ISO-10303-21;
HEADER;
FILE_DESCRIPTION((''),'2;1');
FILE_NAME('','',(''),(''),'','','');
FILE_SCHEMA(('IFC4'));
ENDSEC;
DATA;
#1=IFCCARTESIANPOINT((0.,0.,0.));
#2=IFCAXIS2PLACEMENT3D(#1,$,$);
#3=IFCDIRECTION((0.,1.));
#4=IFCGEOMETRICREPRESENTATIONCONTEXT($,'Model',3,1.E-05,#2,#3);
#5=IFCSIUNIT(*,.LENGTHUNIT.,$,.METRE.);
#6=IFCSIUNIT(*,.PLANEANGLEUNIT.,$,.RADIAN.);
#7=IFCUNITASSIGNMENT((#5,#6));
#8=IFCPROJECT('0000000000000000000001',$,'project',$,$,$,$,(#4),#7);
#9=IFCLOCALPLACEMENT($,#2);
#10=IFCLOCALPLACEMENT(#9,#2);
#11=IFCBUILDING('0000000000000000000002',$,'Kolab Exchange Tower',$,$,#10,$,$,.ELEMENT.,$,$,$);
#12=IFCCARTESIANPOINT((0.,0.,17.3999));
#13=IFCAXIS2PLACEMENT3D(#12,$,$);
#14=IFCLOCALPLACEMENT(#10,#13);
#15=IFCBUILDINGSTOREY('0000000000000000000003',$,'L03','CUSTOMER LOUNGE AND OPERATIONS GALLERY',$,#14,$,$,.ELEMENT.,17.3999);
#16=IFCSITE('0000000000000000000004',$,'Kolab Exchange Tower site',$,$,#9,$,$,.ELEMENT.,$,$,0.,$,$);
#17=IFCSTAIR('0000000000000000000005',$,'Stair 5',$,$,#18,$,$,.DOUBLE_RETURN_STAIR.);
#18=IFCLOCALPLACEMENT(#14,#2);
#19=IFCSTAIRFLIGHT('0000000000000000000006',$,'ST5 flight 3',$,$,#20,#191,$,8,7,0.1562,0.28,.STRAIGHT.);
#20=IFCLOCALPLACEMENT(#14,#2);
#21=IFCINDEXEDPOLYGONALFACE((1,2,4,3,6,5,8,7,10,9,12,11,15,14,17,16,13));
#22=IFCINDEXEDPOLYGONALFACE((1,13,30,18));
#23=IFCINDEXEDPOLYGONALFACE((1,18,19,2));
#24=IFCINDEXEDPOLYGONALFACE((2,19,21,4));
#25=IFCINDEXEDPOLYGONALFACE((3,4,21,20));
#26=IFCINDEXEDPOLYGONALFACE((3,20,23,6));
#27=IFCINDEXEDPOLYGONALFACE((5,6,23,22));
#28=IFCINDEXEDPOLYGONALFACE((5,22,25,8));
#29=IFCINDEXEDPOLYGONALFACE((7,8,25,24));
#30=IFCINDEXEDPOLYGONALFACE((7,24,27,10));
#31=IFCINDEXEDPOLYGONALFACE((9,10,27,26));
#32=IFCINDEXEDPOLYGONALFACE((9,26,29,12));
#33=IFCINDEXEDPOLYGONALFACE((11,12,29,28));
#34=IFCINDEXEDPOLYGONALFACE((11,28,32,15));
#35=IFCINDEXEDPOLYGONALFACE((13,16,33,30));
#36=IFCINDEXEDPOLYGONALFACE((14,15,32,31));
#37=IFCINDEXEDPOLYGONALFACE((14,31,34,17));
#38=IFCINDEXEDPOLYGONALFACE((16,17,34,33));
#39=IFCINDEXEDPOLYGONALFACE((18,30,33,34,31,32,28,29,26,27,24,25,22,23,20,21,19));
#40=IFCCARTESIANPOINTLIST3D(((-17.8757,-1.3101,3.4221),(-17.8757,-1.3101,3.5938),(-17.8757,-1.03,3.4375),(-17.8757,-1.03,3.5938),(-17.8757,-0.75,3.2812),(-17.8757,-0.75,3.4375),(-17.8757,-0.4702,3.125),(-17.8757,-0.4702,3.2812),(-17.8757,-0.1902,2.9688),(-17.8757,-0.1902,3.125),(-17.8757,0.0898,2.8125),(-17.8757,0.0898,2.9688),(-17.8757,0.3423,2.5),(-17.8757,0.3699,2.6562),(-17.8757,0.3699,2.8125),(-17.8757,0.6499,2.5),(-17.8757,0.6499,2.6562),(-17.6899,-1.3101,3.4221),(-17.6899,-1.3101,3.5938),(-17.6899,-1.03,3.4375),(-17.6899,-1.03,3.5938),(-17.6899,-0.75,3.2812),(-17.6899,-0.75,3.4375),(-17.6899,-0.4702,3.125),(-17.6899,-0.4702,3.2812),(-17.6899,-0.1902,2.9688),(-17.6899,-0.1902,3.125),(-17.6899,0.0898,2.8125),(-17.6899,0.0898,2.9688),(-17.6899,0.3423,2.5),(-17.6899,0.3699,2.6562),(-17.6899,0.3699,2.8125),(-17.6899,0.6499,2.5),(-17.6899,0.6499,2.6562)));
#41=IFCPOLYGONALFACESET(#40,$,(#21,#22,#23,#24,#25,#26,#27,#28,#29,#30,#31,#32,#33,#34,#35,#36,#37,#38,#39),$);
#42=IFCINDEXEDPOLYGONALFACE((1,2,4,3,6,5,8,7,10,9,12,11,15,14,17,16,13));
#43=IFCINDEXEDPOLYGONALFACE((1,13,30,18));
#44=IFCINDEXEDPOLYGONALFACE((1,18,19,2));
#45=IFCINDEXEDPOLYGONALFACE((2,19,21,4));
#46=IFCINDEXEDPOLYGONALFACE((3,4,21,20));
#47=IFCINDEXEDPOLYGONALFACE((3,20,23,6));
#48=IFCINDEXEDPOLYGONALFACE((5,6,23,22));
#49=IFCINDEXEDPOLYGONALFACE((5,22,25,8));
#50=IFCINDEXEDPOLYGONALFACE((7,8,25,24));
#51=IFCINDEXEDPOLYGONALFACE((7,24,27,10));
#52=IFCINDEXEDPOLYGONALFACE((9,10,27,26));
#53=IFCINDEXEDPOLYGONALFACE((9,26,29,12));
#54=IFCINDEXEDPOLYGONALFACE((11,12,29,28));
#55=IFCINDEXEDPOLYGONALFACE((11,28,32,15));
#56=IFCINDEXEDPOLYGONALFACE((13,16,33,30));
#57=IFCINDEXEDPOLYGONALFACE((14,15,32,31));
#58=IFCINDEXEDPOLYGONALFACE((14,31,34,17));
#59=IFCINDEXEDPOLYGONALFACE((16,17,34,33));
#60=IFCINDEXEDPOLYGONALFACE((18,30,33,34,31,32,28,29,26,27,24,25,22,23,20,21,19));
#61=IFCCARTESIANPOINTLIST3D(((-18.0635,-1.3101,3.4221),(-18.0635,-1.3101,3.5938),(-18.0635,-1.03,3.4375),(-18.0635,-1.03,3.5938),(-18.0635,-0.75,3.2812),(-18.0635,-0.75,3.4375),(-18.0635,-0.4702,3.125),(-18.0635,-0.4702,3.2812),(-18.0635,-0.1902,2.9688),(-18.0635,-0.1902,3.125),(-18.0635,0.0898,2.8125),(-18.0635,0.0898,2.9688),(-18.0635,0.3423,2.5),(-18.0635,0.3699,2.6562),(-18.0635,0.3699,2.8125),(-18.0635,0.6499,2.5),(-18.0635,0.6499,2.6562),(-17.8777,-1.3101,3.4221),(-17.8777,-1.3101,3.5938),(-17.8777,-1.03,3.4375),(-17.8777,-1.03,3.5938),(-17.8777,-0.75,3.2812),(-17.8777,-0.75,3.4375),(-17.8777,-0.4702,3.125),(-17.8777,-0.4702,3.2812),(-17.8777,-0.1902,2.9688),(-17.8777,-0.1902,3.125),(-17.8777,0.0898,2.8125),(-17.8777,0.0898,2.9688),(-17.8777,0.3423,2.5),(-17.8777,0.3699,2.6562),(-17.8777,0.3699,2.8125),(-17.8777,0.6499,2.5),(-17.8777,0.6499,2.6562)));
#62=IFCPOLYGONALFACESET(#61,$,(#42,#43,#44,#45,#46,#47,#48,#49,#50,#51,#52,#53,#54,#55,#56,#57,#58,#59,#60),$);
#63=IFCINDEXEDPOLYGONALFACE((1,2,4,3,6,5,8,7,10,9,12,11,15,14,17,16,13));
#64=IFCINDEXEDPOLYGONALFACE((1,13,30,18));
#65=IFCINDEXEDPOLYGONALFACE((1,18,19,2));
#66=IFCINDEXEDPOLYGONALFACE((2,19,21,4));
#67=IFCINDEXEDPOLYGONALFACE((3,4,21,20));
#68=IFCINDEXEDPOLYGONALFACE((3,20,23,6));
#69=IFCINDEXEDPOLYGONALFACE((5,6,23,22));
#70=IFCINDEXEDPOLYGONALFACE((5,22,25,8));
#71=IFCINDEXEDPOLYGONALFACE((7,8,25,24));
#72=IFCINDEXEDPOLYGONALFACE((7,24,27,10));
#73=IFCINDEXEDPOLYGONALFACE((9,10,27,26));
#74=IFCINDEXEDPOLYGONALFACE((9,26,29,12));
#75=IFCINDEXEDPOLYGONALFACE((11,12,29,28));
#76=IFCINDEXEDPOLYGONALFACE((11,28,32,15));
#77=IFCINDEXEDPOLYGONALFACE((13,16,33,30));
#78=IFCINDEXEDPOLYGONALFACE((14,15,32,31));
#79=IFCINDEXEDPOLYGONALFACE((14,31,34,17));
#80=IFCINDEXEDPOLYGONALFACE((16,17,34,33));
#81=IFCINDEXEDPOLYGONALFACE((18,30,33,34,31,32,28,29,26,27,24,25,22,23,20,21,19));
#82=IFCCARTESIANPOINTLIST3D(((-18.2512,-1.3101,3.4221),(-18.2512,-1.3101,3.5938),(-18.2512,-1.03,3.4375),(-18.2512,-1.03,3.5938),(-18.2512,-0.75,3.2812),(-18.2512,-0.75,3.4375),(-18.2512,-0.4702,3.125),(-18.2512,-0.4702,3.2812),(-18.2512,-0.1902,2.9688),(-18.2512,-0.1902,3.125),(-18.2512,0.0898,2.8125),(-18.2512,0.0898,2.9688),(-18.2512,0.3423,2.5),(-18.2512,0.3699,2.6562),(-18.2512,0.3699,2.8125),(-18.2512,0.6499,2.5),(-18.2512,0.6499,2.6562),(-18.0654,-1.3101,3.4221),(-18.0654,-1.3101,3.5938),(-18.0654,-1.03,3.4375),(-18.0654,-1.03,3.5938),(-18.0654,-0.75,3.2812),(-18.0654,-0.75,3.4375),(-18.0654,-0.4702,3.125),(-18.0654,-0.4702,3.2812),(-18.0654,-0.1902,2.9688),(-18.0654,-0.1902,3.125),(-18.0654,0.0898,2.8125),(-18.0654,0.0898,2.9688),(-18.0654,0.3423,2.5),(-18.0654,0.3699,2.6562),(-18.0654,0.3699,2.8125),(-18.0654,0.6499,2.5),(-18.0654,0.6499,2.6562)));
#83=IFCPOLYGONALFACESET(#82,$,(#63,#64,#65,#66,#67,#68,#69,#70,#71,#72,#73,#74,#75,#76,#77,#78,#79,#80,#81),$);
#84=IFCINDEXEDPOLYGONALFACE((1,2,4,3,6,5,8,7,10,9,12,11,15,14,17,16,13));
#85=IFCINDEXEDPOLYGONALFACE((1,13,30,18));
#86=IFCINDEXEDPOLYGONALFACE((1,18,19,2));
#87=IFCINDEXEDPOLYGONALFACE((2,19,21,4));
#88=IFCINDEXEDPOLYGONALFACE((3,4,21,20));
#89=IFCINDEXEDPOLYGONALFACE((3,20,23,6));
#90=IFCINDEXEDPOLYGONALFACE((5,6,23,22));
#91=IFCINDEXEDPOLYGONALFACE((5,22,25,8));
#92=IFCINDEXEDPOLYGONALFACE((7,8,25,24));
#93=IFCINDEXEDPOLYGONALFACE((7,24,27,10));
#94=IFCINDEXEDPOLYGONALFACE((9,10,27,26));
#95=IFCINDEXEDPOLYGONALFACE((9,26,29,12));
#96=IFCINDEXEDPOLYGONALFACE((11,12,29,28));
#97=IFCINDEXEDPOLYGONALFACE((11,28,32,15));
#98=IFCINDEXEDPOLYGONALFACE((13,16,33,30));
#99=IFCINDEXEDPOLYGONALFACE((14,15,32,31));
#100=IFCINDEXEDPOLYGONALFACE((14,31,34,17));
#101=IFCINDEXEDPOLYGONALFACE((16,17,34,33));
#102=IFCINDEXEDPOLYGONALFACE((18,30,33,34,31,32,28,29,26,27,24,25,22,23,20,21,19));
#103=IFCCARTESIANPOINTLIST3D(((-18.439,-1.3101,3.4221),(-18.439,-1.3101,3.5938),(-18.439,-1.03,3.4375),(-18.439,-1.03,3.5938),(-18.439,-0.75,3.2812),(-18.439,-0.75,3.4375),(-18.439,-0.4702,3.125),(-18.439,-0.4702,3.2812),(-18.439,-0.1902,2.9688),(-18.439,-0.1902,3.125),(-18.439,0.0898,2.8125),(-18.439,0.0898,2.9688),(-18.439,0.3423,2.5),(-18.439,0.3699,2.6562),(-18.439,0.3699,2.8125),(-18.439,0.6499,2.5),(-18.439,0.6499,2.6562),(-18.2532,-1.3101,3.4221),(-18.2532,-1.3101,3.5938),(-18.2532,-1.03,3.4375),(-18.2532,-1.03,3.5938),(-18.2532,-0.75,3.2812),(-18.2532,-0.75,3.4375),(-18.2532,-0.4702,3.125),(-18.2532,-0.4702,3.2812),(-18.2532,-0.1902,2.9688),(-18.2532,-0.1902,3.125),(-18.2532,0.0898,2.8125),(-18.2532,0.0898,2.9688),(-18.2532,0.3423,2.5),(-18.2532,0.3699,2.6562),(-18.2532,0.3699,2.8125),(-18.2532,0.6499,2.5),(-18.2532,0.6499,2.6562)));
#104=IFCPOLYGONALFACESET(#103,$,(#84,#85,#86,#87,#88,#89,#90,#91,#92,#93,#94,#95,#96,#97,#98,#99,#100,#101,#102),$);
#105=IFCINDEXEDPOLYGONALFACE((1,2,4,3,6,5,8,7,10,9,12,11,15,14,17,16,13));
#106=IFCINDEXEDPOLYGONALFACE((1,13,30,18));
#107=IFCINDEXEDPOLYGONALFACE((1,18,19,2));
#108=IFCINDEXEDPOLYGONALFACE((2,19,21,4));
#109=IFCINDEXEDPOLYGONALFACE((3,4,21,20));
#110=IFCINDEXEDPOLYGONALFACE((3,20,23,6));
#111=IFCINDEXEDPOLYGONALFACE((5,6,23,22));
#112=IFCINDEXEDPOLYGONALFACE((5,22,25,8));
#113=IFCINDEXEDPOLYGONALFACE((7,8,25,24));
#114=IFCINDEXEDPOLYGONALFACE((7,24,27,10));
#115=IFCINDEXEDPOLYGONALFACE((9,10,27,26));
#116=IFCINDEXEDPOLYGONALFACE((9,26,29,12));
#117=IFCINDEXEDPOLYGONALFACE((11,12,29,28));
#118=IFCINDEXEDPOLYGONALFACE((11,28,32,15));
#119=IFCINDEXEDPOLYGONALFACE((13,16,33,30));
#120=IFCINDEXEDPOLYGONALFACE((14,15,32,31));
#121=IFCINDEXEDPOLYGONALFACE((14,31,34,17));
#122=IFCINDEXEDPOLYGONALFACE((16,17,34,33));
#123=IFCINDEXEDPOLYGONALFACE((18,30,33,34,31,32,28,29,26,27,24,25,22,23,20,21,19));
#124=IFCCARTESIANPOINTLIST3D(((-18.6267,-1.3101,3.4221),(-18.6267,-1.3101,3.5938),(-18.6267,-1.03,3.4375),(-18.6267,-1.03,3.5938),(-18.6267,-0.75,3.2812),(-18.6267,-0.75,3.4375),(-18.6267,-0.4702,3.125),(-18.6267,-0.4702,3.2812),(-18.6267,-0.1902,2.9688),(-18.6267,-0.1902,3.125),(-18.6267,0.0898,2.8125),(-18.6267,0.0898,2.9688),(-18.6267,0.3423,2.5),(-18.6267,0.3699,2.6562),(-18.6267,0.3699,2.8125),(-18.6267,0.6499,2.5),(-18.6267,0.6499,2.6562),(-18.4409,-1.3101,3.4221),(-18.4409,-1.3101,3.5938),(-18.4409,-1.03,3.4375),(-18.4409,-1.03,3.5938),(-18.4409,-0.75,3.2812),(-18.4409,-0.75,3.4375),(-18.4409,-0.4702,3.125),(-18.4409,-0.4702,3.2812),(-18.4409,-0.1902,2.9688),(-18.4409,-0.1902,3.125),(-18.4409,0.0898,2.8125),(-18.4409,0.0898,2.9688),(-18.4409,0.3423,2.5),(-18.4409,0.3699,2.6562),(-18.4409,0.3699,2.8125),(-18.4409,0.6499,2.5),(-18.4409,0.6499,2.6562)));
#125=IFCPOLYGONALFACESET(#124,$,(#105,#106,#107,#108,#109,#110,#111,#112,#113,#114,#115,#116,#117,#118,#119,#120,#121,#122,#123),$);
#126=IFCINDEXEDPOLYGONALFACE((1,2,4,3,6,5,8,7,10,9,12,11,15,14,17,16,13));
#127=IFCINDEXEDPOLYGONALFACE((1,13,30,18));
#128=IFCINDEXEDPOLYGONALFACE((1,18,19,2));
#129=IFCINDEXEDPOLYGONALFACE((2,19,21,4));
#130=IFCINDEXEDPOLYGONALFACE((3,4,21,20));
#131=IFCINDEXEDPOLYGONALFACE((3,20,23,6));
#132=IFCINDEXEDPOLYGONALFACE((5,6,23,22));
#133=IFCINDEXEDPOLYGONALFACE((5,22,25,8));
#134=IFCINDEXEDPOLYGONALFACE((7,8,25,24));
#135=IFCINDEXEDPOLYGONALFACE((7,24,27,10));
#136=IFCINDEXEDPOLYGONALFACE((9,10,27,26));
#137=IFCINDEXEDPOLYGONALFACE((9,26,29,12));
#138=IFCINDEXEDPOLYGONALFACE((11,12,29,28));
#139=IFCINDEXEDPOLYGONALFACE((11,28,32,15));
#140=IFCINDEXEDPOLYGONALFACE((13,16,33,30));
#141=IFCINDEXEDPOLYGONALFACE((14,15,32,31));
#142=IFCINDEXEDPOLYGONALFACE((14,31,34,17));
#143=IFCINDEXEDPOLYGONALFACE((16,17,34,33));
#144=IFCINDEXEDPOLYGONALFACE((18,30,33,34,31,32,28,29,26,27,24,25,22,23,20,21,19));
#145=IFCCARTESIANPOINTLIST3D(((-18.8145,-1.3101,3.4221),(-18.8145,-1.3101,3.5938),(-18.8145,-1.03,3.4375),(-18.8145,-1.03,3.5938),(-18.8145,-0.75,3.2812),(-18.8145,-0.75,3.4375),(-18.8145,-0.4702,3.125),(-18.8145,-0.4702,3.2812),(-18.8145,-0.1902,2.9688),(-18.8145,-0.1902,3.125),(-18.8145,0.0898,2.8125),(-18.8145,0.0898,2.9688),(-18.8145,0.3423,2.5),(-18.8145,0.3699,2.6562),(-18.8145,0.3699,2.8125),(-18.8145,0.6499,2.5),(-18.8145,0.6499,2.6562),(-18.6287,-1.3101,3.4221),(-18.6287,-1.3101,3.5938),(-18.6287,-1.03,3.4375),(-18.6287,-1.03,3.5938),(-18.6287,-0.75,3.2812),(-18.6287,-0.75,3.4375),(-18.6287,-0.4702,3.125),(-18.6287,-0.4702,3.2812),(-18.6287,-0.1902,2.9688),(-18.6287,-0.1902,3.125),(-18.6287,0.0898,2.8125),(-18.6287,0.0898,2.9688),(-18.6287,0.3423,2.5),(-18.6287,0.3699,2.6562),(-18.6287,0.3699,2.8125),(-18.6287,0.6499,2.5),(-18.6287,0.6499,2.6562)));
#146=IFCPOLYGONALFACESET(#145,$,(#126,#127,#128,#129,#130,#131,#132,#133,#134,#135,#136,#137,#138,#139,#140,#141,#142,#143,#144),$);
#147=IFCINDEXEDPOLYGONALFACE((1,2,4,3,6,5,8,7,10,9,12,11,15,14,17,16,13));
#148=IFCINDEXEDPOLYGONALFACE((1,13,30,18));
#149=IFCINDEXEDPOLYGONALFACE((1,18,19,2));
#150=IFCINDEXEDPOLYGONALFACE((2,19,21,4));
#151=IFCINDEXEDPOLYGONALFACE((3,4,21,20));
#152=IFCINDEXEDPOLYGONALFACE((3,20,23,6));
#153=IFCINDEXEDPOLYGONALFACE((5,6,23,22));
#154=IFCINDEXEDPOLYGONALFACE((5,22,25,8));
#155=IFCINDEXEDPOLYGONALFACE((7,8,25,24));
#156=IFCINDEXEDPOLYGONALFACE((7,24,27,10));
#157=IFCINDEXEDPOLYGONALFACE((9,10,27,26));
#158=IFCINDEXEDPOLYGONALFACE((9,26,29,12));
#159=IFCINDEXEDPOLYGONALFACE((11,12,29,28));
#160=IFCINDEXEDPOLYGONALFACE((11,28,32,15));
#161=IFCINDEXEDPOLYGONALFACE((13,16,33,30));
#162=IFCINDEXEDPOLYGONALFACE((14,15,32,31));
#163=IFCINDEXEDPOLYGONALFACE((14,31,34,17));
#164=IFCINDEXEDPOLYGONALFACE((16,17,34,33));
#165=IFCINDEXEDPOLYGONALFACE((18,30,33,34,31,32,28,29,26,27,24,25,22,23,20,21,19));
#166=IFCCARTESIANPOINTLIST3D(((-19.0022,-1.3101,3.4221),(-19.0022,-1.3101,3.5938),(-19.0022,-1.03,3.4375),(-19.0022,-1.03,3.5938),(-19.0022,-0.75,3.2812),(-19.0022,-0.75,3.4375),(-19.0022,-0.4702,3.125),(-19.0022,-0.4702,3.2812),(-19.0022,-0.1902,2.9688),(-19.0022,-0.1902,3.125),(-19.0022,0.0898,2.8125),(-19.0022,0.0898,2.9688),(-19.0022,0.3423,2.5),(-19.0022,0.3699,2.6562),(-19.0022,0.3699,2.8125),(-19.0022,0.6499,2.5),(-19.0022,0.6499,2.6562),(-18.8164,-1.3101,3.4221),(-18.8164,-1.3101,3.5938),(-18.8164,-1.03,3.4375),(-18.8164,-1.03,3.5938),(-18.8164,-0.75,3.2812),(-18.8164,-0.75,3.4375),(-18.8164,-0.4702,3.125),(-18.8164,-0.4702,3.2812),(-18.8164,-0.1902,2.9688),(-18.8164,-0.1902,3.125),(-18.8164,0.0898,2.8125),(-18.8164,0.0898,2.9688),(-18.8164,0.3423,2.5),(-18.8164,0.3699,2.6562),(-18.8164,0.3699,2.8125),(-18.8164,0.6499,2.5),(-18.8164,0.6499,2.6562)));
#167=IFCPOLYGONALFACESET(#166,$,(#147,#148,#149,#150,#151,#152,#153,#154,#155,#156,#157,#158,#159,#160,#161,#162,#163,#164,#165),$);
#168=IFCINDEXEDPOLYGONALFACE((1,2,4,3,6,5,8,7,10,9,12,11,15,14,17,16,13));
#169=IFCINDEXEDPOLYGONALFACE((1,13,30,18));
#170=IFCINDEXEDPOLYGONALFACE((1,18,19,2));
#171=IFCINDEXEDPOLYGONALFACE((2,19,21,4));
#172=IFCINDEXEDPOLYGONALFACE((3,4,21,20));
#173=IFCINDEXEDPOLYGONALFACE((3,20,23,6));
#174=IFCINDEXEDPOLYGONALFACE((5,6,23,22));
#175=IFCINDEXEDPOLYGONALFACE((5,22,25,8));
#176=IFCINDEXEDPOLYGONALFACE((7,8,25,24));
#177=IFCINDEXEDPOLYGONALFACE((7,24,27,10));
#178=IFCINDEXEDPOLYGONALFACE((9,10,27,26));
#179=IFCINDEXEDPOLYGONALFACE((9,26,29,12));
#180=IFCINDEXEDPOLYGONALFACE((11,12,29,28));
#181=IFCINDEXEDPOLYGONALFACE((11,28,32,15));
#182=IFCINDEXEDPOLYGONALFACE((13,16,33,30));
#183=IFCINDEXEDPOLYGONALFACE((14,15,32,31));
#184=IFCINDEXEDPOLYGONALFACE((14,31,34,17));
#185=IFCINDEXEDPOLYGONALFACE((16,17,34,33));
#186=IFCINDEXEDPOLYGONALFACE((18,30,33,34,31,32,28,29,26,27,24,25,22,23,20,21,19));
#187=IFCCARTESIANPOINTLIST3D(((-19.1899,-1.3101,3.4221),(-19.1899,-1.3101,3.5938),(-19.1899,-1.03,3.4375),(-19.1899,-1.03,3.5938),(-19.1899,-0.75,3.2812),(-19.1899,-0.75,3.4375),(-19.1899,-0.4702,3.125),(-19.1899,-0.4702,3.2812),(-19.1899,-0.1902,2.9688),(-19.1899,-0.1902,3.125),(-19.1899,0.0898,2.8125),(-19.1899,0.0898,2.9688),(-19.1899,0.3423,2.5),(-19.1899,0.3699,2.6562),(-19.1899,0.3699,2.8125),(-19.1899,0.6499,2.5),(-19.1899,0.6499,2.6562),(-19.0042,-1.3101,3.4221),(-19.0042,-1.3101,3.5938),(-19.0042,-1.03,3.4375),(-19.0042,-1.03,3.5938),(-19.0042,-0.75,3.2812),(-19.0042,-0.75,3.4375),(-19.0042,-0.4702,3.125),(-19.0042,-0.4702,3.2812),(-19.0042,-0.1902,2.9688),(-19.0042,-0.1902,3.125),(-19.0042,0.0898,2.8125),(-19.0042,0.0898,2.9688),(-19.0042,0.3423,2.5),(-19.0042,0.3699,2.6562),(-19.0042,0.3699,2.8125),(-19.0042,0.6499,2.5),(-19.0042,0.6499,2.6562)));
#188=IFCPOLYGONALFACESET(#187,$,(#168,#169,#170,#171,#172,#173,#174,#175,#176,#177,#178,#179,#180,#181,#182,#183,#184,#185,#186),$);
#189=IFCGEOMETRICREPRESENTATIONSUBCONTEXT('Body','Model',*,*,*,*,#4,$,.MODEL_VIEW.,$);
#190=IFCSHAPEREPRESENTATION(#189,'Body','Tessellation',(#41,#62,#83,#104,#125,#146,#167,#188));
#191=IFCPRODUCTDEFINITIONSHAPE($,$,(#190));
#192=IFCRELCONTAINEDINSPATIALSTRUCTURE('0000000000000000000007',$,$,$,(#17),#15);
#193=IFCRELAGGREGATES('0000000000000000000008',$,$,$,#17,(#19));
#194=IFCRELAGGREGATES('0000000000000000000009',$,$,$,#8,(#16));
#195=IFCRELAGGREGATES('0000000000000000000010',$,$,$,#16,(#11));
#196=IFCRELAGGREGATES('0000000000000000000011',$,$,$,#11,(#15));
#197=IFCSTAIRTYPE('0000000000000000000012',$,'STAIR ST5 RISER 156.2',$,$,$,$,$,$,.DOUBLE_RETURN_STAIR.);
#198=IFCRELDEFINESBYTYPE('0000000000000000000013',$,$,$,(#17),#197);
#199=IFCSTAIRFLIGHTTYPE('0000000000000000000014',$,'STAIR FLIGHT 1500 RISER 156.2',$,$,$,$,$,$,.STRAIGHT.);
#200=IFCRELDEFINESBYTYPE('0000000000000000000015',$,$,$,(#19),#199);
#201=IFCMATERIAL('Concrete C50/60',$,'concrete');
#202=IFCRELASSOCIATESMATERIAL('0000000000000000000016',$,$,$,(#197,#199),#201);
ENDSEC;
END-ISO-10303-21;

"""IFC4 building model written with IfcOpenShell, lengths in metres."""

from ifc_helpers import new_model, si_unit, direction, frame, origin, place, context, subcontext, project, spatial, polyline, outline, extrude, material, type_object, element, aggregate, save


model = new_model("IFC4")

# Units and contexts
model_context = context("Model", 3, precision=1e-05, world=origin(), true_north=direction((0.0, 1.0)))
body_context = subcontext(model_context, "Body", "Model", "MODEL_VIEW")
ifc_project = project(units=[si_unit("LENGTHUNIT", "METRE"), si_unit("PLANEANGLEUNIT", "RADIAN")], contexts=[model_context])

# Site, building, storey
site_placement = place(None, origin())
site = spatial("IfcSite", under=ifc_project, at=site_placement, Name="Kolab Exchange Tower site", CompositionType="ELEMENT", RefElevation=0.0)
building_placement = place(site_placement, origin())
building = spatial("IfcBuilding", under=site, at=building_placement, Name="Kolab Exchange Tower", CompositionType="ELEMENT")
storey_placement = place(building_placement, frame((0.0, 0.0, 17.3999)))
storey = spatial("IfcBuildingStorey", under=building, at=storey_placement, Name="L03", Description="CUSTOMER LOUNGE AND OPERATIONS GALLERY", CompositionType="ELEMENT", Elevation=17.3999)

# Shared definitions
ifc_material_1 = material(Name="Concrete C50/60", Category="concrete")

# Stair, stair flight
stair_type = type_object("IfcStairType", Name="STAIR ST5 RISER 156.2", PredefinedType="DOUBLE_RETURN_STAIR", material=ifc_material_1)
stair_placement = place(storey_placement, origin())
stair = element("IfcStair", 1, at=stair_placement, inside=storey, type_object=stair_type, Name="Stair 5", PredefinedType="DOUBLE_RETURN_STAIR")
stair_flight_type = type_object("IfcStairFlightType", Name="STAIR FLIGHT 1500 RISER 156.2", PredefinedType="STRAIGHT", material=ifc_material_1)
stair_flight_1_placement = place(storey_placement, frame((-18.4399, 0.6499, 2.5), z_axis=(0.0, 0.0, 1.0), x_axis=(0.0, -1.0, 0.0)))
stair_flight_1 = element("IfcStairFlight", 2, at=stair_flight_1_placement, type_object=stair_flight_type, Name="ST5 flight 3", NumberOfRisers=8, NumberOfTreads=7, PredefinedType="STRAIGHT", RiserHeight=0.1562, TreadLength=0.28, context=body_context, shape_type="SweptSolid", body=[
    extrude(outline(polyline([(0.0, 0.0), (0.0, 0.1562), (0.28, 0.1562), (0.28, 0.3125), (0.5601, 0.3125), (0.5601, 0.4688), (0.8401, 0.4688), (0.8401, 0.625), (1.1201, 0.625), (1.1201, 0.7812), (1.3999, 0.7812), (1.3999, 0.9375), (1.6799, 0.9375), (1.6799, 1.0938), (1.96, 1.0938), (1.96, 1.25), (1.96, 0.9221), (0.3076, 0.0), (0.0, 0.0)])), frame((0.0, 0.75, 0.0), z_axis=(0.0, -1.0, 0.0), x_axis=(1.0, 0.0, 0.0)), (0.0, 0.0, 1.0), 0.1858),
    extrude(outline(polyline([(0.0, 0.0), (0.0, 0.1562), (0.28, 0.1562), (0.28, 0.3125), (0.5601, 0.3125), (0.5601, 0.4688), (0.8401, 0.4688), (0.8401, 0.625), (1.1201, 0.625), (1.1201, 0.7812), (1.3999, 0.7812), (1.3999, 0.9375), (1.6799, 0.9375), (1.6799, 1.0938), (1.96, 1.0938), (1.96, 1.25), (1.96, 0.9221), (0.3076, 0.0), (0.0, 0.0)])), frame((0.0, 0.5623, 0.0), z_axis=(0.0, -1.0, 0.0), x_axis=(1.0, 0.0, 0.0)), (0.0, 0.0, 1.0), 0.1858),
    extrude(outline(polyline([(0.0, 0.0), (0.0, 0.1562), (0.28, 0.1562), (0.28, 0.3125), (0.5601, 0.3125), (0.5601, 0.4688), (0.8401, 0.4688), (0.8401, 0.625), (1.1201, 0.625), (1.1201, 0.7812), (1.3999, 0.7812), (1.3999, 0.9375), (1.6799, 0.9375), (1.6799, 1.0938), (1.96, 1.0938), (1.96, 1.25), (1.96, 0.9221), (0.3076, 0.0), (0.0, 0.0)])), frame((0.0, 0.3745, 0.0), z_axis=(0.0, -1.0, 0.0), x_axis=(1.0, 0.0, 0.0)), (0.0, 0.0, 1.0), 0.1858),
    extrude(outline(polyline([(0.0, 0.0), (0.0, 0.1562), (0.28, 0.1562), (0.28, 0.3125), (0.5601, 0.3125), (0.5601, 0.4688), (0.8401, 0.4688), (0.8401, 0.625), (1.1201, 0.625), (1.1201, 0.7812), (1.3999, 0.7812), (1.3999, 0.9375), (1.6799, 0.9375), (1.6799, 1.0938), (1.96, 1.0938), (1.96, 1.25), (1.96, 0.9221), (0.3076, 0.0), (0.0, 0.0)])), frame((0.0, 0.1868, 0.0), z_axis=(0.0, -1.0, 0.0), x_axis=(1.0, 0.0, 0.0)), (0.0, 0.0, 1.0), 0.1858),
    extrude(outline(polyline([(0.0, 0.0), (0.0, 0.1562), (0.28, 0.1562), (0.28, 0.3125), (0.5601, 0.3125), (0.5601, 0.4688), (0.8401, 0.4688), (0.8401, 0.625), (1.1201, 0.625), (1.1201, 0.7812), (1.3999, 0.7812), (1.3999, 0.9375), (1.6799, 0.9375), (1.6799, 1.0938), (1.96, 1.0938), (1.96, 1.25), (1.96, 0.9221), (0.3076, 0.0), (0.0, 0.0)])), frame((0.0, -0.001, 0.0), z_axis=(0.0, -1.0, 0.0), x_axis=(1.0, 0.0, 0.0)), (0.0, 0.0, 1.0), 0.1858),
    extrude(outline(polyline([(0.0, 0.0), (0.0, 0.1562), (0.28, 0.1562), (0.28, 0.3125), (0.5601, 0.3125), (0.5601, 0.4688), (0.8401, 0.4688), (0.8401, 0.625), (1.1201, 0.625), (1.1201, 0.7812), (1.3999, 0.7812), (1.3999, 0.9375), (1.6799, 0.9375), (1.6799, 1.0938), (1.96, 1.0938), (1.96, 1.25), (1.96, 0.9221), (0.3076, 0.0), (0.0, 0.0)])), frame((0.0, -0.1887, 0.0), z_axis=(0.0, -1.0, 0.0), x_axis=(1.0, 0.0, 0.0)), (0.0, 0.0, 1.0), 0.1858),
    extrude(outline(polyline([(0.0, 0.0), (0.0, 0.1562), (0.28, 0.1562), (0.28, 0.3125), (0.5601, 0.3125), (0.5601, 0.4688), (0.8401, 0.4688), (0.8401, 0.625), (1.1201, 0.625), (1.1201, 0.7812), (1.3999, 0.7812), (1.3999, 0.9375), (1.6799, 0.9375), (1.6799, 1.0938), (1.96, 1.0938), (1.96, 1.25), (1.96, 0.9221), (0.3076, 0.0), (0.0, 0.0)])), frame((0.0, -0.3765, 0.0), z_axis=(0.0, -1.0, 0.0), x_axis=(1.0, 0.0, 0.0)), (0.0, 0.0, 1.0), 0.1858),
    extrude(outline(polyline([(0.0, 0.0), (0.0, 0.1562), (0.28, 0.1562), (0.28, 0.3125), (0.5601, 0.3125), (0.5601, 0.4688), (0.8401, 0.4688), (0.8401, 0.625), (1.1201, 0.625), (1.1201, 0.7812), (1.3999, 0.7812), (1.3999, 0.9375), (1.6799, 0.9375), (1.6799, 1.0938), (1.96, 1.0938), (1.96, 1.25), (1.96, 0.9221), (0.3076, 0.0), (0.0, 0.0)])), frame((0.0, -0.5642, 0.0), z_axis=(0.0, -1.0, 0.0), x_axis=(1.0, 0.0, 0.0)), (0.0, 0.0, 1.0), 0.1858),
])
aggregate(stair, [stair_flight_1])

save(model, "model.ifc")
